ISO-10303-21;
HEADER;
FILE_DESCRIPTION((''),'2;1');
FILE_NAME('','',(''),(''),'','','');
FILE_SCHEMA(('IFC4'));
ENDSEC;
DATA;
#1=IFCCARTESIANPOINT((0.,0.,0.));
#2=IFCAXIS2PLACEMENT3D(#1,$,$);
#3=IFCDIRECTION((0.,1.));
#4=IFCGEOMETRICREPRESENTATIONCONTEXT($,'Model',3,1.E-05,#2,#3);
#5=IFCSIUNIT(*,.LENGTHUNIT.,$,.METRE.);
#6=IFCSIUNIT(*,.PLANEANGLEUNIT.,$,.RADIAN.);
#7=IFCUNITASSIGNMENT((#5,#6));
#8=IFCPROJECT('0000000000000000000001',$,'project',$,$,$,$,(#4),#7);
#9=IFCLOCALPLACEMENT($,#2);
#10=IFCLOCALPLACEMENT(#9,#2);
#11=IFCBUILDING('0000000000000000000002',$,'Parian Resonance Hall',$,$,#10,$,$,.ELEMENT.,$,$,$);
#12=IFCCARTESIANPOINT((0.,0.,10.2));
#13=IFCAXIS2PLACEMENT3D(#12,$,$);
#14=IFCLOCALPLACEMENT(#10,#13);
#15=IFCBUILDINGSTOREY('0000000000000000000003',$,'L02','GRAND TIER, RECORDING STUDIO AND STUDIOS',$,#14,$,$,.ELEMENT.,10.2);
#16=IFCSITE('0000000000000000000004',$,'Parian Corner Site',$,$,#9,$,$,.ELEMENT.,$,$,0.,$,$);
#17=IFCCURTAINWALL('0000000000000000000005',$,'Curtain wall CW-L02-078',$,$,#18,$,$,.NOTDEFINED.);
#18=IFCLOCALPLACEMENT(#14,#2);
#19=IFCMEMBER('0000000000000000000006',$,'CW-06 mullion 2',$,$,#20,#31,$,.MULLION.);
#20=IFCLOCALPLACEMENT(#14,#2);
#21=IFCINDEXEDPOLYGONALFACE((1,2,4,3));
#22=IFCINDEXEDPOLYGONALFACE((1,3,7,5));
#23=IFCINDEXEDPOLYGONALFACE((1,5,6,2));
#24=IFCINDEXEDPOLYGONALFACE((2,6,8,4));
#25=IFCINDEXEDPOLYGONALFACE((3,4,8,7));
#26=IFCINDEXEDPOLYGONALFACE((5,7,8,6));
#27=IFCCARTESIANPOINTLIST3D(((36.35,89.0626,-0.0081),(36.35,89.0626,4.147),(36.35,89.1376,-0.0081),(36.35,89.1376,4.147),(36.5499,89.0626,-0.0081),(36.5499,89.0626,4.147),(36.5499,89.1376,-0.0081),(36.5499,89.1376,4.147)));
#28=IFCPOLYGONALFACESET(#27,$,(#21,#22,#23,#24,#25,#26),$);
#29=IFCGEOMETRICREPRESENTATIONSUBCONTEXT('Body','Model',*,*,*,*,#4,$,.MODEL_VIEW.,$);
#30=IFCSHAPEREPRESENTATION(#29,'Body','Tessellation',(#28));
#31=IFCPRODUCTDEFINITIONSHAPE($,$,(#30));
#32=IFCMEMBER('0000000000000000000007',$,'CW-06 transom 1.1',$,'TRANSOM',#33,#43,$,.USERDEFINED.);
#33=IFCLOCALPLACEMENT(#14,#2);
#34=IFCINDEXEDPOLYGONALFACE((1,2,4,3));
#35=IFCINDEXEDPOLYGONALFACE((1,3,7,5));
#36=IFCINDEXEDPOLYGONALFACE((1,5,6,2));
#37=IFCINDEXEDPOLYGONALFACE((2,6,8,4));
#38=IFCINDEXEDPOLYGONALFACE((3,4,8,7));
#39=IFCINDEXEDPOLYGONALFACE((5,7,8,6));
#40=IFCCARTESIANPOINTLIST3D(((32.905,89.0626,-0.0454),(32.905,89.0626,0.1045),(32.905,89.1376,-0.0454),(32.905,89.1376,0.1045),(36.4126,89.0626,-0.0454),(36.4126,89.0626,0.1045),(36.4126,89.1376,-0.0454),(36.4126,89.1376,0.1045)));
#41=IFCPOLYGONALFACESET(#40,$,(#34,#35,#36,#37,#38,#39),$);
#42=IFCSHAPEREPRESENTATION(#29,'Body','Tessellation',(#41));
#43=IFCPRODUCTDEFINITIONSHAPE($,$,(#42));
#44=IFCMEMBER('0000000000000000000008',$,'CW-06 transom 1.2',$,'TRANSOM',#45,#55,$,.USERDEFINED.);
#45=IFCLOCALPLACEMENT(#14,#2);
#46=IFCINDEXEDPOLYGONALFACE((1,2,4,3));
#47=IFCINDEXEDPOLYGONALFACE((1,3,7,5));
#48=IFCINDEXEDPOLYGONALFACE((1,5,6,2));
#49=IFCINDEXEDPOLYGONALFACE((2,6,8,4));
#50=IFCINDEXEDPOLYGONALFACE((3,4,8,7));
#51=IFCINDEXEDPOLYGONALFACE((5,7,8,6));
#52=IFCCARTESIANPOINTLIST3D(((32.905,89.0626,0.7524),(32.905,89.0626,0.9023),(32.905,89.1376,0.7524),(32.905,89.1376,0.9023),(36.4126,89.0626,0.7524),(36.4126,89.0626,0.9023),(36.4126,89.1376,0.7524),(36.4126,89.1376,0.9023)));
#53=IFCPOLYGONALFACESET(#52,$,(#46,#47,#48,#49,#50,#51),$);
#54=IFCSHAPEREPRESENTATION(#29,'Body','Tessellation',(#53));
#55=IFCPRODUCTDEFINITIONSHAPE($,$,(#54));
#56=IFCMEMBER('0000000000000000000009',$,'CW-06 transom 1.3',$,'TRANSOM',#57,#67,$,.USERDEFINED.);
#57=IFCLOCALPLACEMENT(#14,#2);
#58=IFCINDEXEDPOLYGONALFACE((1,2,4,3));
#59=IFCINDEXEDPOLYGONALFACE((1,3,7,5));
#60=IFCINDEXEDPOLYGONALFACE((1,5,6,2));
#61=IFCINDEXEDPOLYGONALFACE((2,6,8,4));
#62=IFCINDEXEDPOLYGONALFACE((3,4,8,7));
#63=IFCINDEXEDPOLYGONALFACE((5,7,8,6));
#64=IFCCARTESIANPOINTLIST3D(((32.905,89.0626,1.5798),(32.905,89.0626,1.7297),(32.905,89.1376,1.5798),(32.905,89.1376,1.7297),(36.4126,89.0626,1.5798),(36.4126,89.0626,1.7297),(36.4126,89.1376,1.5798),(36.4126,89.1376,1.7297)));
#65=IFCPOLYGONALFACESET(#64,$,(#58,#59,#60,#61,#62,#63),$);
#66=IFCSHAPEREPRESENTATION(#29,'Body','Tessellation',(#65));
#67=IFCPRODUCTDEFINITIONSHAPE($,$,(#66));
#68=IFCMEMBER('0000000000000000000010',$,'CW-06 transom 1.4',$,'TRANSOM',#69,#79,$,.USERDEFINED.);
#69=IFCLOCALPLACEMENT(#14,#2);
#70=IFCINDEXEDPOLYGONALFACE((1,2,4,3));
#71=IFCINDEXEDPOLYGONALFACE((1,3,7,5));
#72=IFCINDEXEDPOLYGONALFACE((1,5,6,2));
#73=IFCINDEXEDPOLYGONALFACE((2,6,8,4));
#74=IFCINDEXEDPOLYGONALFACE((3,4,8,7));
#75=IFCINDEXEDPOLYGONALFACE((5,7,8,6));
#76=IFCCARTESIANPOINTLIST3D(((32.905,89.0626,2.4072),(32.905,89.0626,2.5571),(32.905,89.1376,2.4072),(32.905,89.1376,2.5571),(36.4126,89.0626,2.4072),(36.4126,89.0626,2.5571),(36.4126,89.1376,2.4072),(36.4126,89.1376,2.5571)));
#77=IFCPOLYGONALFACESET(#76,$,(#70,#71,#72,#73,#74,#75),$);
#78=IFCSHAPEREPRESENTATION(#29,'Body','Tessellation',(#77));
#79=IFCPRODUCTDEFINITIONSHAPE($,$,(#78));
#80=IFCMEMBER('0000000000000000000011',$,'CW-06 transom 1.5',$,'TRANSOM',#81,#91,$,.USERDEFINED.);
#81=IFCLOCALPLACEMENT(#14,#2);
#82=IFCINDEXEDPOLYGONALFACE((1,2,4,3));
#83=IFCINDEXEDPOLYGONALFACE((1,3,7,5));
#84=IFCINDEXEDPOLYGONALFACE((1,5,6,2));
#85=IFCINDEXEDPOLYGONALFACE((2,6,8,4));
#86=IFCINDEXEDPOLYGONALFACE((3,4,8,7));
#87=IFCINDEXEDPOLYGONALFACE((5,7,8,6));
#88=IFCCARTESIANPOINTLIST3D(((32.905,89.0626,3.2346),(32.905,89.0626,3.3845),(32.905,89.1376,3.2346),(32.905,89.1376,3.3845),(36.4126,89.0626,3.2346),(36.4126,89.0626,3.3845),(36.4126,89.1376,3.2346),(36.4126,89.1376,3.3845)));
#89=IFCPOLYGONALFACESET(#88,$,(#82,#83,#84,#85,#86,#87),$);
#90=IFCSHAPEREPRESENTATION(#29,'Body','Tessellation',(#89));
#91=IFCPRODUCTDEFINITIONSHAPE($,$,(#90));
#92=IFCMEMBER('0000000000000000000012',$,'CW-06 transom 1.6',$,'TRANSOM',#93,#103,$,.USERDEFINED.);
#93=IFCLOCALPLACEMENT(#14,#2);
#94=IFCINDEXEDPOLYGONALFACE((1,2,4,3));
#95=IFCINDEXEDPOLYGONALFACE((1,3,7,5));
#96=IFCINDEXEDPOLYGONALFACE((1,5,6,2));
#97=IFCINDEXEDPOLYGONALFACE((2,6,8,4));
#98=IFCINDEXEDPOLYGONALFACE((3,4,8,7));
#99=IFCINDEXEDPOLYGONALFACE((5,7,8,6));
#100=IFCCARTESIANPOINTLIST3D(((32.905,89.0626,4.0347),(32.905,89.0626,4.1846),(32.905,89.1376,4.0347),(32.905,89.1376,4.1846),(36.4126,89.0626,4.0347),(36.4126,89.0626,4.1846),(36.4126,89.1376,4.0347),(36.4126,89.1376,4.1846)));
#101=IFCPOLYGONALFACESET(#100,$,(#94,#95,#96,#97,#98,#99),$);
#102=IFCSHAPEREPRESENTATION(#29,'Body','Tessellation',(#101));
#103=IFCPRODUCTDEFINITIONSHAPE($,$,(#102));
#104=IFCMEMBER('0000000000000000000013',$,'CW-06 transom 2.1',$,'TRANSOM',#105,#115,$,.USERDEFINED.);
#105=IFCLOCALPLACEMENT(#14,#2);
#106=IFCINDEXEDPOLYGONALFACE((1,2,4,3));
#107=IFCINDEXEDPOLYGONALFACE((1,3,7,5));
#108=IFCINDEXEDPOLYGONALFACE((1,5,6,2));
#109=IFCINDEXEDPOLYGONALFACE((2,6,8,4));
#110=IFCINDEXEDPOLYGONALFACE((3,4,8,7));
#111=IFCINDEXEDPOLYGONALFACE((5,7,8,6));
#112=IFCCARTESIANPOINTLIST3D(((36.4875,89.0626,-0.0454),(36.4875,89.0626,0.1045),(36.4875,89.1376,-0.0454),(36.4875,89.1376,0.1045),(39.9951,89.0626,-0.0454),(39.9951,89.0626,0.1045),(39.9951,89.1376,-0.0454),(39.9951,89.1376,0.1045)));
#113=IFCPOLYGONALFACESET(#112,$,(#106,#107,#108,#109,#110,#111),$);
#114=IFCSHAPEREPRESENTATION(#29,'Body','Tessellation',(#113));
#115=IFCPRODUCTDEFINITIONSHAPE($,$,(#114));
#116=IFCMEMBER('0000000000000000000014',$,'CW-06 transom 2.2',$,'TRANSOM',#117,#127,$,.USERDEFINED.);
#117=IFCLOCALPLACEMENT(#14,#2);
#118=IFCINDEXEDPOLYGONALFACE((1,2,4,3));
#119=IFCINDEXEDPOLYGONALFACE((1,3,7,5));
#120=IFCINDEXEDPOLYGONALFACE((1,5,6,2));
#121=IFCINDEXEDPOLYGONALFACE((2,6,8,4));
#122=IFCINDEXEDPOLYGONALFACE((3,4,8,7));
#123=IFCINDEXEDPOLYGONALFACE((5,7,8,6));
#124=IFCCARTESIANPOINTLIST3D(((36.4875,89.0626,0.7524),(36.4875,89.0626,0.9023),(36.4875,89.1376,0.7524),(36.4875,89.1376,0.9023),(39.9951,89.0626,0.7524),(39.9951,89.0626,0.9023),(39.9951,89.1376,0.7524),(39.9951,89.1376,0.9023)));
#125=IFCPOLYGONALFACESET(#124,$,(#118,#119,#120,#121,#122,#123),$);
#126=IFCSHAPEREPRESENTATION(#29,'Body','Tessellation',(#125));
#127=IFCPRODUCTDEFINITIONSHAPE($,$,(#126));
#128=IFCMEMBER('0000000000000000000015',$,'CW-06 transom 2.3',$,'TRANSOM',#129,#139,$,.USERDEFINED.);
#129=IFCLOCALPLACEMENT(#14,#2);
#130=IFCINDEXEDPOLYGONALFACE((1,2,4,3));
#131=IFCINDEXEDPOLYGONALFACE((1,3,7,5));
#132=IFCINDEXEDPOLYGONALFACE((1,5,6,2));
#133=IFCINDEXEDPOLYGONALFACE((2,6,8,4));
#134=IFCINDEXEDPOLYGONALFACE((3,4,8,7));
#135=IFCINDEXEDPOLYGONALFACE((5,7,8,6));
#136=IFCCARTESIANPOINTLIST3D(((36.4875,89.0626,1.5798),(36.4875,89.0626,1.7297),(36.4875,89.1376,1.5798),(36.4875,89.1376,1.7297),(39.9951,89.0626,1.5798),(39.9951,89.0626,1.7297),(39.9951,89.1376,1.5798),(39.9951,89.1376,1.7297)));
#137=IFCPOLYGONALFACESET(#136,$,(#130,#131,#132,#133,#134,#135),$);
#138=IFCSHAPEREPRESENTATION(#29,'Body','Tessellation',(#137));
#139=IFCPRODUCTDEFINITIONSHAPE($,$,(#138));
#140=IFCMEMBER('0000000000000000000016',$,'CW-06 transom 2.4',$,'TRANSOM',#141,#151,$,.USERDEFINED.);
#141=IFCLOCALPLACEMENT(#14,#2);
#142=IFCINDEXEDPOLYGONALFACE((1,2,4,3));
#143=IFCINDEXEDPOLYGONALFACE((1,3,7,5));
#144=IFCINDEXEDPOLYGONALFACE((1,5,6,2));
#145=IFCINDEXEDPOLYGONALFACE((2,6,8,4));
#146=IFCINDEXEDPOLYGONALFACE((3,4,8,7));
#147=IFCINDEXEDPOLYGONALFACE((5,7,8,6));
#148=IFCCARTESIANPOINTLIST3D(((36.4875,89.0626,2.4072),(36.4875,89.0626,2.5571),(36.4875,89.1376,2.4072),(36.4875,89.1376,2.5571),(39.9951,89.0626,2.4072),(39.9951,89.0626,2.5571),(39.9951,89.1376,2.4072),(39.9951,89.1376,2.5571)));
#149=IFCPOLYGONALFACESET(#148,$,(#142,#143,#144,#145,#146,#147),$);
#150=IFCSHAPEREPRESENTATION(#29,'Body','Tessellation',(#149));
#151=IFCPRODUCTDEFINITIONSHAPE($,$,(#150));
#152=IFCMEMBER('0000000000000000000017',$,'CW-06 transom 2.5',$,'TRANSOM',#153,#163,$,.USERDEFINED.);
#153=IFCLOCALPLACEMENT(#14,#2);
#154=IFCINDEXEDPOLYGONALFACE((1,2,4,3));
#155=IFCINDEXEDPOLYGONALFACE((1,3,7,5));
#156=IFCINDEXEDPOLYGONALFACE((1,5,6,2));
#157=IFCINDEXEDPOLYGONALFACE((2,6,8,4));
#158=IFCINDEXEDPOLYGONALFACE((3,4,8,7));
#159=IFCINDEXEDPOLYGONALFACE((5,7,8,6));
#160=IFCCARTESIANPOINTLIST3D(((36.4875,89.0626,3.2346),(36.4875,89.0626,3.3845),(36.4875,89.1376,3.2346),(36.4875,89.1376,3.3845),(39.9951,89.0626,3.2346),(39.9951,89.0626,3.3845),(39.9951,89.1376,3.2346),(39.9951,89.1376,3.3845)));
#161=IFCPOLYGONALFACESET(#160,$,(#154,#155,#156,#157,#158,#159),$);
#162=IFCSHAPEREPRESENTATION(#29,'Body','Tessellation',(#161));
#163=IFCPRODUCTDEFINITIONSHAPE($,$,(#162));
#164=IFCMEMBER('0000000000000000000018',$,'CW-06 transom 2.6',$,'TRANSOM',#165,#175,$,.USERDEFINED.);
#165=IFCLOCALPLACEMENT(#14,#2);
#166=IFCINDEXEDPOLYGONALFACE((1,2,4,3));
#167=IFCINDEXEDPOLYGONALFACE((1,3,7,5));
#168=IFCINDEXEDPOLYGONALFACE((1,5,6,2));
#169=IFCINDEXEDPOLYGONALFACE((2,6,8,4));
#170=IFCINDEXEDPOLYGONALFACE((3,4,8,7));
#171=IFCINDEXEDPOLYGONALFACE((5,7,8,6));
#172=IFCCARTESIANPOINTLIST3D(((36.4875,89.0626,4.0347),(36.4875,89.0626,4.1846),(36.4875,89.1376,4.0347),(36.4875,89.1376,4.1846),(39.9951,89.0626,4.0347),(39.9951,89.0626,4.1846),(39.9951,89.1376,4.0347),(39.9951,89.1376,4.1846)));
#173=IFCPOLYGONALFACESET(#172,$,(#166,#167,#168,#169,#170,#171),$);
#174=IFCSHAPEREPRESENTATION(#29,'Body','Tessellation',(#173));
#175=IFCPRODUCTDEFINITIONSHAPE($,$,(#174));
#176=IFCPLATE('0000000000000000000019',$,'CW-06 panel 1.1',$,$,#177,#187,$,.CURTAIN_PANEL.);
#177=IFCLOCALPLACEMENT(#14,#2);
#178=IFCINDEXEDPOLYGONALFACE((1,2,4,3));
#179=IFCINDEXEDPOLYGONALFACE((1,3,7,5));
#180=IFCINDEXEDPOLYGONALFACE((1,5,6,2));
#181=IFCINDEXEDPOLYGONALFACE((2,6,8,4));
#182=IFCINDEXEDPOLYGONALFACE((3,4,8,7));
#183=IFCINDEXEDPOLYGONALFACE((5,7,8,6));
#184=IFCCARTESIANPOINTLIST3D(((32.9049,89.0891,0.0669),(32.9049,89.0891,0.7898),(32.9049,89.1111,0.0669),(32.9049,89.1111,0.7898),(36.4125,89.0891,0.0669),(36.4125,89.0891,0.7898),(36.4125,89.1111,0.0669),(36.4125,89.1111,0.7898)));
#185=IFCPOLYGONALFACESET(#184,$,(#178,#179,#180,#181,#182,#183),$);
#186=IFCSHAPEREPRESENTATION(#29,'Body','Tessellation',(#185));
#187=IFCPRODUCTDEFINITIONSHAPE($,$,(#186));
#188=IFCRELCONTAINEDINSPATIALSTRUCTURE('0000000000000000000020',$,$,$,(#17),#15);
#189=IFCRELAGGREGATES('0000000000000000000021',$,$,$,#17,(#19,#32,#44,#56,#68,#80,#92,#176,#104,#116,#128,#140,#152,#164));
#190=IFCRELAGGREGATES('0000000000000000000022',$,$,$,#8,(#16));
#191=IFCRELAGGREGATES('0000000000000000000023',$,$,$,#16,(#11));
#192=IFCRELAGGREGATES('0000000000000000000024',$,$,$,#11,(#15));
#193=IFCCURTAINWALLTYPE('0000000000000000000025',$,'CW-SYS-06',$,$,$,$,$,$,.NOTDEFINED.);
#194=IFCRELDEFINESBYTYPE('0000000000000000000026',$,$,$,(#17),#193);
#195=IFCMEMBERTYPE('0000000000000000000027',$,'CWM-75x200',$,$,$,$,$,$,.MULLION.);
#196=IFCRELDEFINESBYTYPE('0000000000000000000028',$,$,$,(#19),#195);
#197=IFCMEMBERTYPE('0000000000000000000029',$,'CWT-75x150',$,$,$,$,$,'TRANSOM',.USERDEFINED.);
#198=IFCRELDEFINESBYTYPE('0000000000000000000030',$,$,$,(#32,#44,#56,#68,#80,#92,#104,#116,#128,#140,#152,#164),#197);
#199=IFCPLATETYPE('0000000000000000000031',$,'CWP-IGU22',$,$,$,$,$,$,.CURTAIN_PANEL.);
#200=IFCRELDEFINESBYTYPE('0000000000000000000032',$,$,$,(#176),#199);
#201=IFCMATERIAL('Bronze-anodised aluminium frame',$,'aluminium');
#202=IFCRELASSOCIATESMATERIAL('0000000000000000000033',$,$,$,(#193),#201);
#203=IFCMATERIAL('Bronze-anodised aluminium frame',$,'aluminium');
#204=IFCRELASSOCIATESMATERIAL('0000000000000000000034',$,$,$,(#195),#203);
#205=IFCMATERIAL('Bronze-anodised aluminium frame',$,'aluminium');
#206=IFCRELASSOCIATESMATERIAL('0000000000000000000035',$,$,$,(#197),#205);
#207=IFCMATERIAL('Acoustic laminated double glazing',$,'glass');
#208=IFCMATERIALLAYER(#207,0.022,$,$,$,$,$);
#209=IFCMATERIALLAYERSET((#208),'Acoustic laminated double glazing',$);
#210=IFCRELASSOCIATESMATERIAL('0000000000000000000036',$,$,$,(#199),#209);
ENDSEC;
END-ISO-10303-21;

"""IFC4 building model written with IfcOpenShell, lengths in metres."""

from ifc_helpers import new_model, si_unit, direction, frame, origin, origin_2d, place, context, subcontext, project, spatial, rectangle, extrude, material, layer, layer_set, material_profile, profile_set, type_object, element, aggregate, save


model = new_model("IFC4")

# Units and contexts
model_context = context("Model", 3, precision=1e-05, world=origin(), true_north=direction((0.0, 1.0)))
body_context = subcontext(model_context, "Body", "Model", "MODEL_VIEW")
ifc_project = project(units=[si_unit("LENGTHUNIT", "METRE"), si_unit("PLANEANGLEUNIT", "RADIAN")], contexts=[model_context])

# Site, building, storey
site_placement = place(None, origin())
site = spatial("IfcSite", under=ifc_project, at=site_placement, Name="Parian Corner Site", CompositionType="ELEMENT", RefElevation=0.0)
building_placement = place(site_placement, origin())
building = spatial("IfcBuilding", under=site, at=building_placement, Name="Parian Resonance Hall", CompositionType="ELEMENT")
storey_placement = place(building_placement, frame((0.0, 0.0, 10.2)))
storey = spatial("IfcBuildingStorey", under=building, at=storey_placement, Name="L02", Description="GRAND TIER, RECORDING STUDIO AND STUDIOS", CompositionType="ELEMENT", Elevation=10.2)

# Curtain wall, members, plate
ifc_material_1 = material(Name="Bronze-anodised aluminium frame", Category="aluminium")
curtain_wall_type = type_object("IfcCurtainWallType", Name="CW-SYS-06", PredefinedType="NOTDEFINED", material=ifc_material_1)
curtain_wall_placement = place(storey_placement, origin())
curtain_wall = element("IfcCurtainWall", 1, at=curtain_wall_placement, inside=storey, type_object=curtain_wall_type, Name="Curtain wall CW-L02-078", PredefinedType="NOTDEFINED")
ifc_material_2 = material(Name="Bronze-anodised aluminium frame", Category="aluminium")
ifc_material_profile_1 = material_profile(ifc_material_2, rectangle(XDim=0.075, YDim=0.2, at=origin_2d()), Name="CWM-75x200")
ifc_profile_set_1 = profile_set([ifc_material_profile_1], Name="Bronze-anodised aluminium frame")
member_type_1 = type_object("IfcMemberType", Name="CWM-75x200", PredefinedType="MULLION", material=ifc_profile_set_1)
member_1_placement = place(storey_placement, frame((36.45, 89.1001, -0.0081), z_axis=(0.0, 0.0, 1.0), x_axis=(0.0, 1.0, 0.0)))
member_1 = element("IfcMember", 2, at=member_1_placement, type_object=member_type_1, Name="CW-06 mullion 2", PredefinedType="MULLION", context=body_context, shape_type="SweptSolid", body=[
    extrude(rectangle(XDim=0.075, YDim=0.2, at=origin_2d()), origin(), (0.0, 0.0, 1.0), 4.155),
])
ifc_material_3 = material(Name="Bronze-anodised aluminium frame", Category="aluminium")
ifc_material_profile_2 = material_profile(ifc_material_3, rectangle(XDim=0.075, YDim=0.1499, at=origin_2d()), Name="CWT-75x150")
ifc_profile_set_2 = profile_set([ifc_material_profile_2], Name="Bronze-anodised aluminium frame")
member_type_2 = type_object("IfcMemberType", Name="CWT-75x150", ElementType="TRANSOM", PredefinedType="USERDEFINED", material=ifc_profile_set_2)
member_2_placement = place(storey_placement, frame((32.905, 89.1001, 0.0295), z_axis=(1.0, 0.0, 0.0), x_axis=(0.0, 1.0, 0.0)))
member_2 = element("IfcMember", 3, at=member_2_placement, type_object=member_type_2, Name="CW-06 transom 1.1", ObjectType="TRANSOM", PredefinedType="USERDEFINED", context=body_context, shape_type="SweptSolid", body=[
    extrude(rectangle(XDim=0.075, YDim=0.1499, at=origin_2d()), origin(), (0.0, 0.0, 1.0), 3.5076),
])
member_3_placement = place(storey_placement, frame((32.905, 89.1001, 0.8274), z_axis=(1.0, 0.0, 0.0), x_axis=(0.0, 1.0, 0.0)))
member_3 = element("IfcMember", 4, at=member_3_placement, type_object=member_type_2, Name="CW-06 transom 1.2", ObjectType="TRANSOM", PredefinedType="USERDEFINED", context=body_context, shape_type="SweptSolid", body=[
    extrude(rectangle(XDim=0.075, YDim=0.1499, at=origin_2d()), origin(), (0.0, 0.0, 1.0), 3.5076),
])
member_4_placement = place(storey_placement, frame((32.905, 89.1001, 1.6548), z_axis=(1.0, 0.0, 0.0), x_axis=(0.0, 1.0, 0.0)))
member_4 = element("IfcMember", 5, at=member_4_placement, type_object=member_type_2, Name="CW-06 transom 1.3", ObjectType="TRANSOM", PredefinedType="USERDEFINED", context=body_context, shape_type="SweptSolid", body=[
    extrude(rectangle(XDim=0.075, YDim=0.1499, at=origin_2d()), origin(), (0.0, 0.0, 1.0), 3.5076),
])
member_5_placement = place(storey_placement, frame((32.905, 89.1001, 2.4822), z_axis=(1.0, 0.0, 0.0), x_axis=(0.0, 1.0, 0.0)))
member_5 = element("IfcMember", 6, at=member_5_placement, type_object=member_type_2, Name="CW-06 transom 1.4", ObjectType="TRANSOM", PredefinedType="USERDEFINED", context=body_context, shape_type="SweptSolid", body=[
    extrude(rectangle(XDim=0.075, YDim=0.1499, at=origin_2d()), origin(), (0.0, 0.0, 1.0), 3.5076),
])
member_6_placement = place(storey_placement, frame((32.905, 89.1001, 3.3096), z_axis=(1.0, 0.0, 0.0), x_axis=(0.0, 1.0, 0.0)))
member_6 = element("IfcMember", 7, at=member_6_placement, type_object=member_type_2, Name="CW-06 transom 1.5", ObjectType="TRANSOM", PredefinedType="USERDEFINED", context=body_context, shape_type="SweptSolid", body=[
    extrude(rectangle(XDim=0.075, YDim=0.1499, at=origin_2d()), origin(), (0.0, 0.0, 1.0), 3.5076),
])
member_7_placement = place(storey_placement, frame((32.905, 89.1001, 4.1096), z_axis=(1.0, 0.0, 0.0), x_axis=(0.0, 1.0, 0.0)))
member_7 = element("IfcMember", 8, at=member_7_placement, type_object=member_type_2, Name="CW-06 transom 1.6", ObjectType="TRANSOM", PredefinedType="USERDEFINED", context=body_context, shape_type="SweptSolid", body=[
    extrude(rectangle(XDim=0.075, YDim=0.1499, at=origin_2d()), origin(), (0.0, 0.0, 1.0), 3.5076),
])
member_8_placement = place(storey_placement, frame((36.4875, 89.1001, 0.0295), z_axis=(1.0, 0.0, 0.0), x_axis=(0.0, 1.0, 0.0)))
member_8 = element("IfcMember", 9, at=member_8_placement, type_object=member_type_2, Name="CW-06 transom 2.1", ObjectType="TRANSOM", PredefinedType="USERDEFINED", context=body_context, shape_type="SweptSolid", body=[
    extrude(rectangle(XDim=0.075, YDim=0.1499, at=origin_2d()), origin(), (0.0, 0.0, 1.0), 3.5076),
])
member_9_placement = place(storey_placement, frame((36.4875, 89.1001, 0.8274), z_axis=(1.0, 0.0, 0.0), x_axis=(0.0, 1.0, 0.0)))
member_9 = element("IfcMember", 10, at=member_9_placement, type_object=member_type_2, Name="CW-06 transom 2.2", ObjectType="TRANSOM", PredefinedType="USERDEFINED", context=body_context, shape_type="SweptSolid", body=[
    extrude(rectangle(XDim=0.075, YDim=0.1499, at=origin_2d()), origin(), (0.0, 0.0, 1.0), 3.5076),
])
member_10_placement = place(storey_placement, frame((36.4875, 89.1001, 1.6548), z_axis=(1.0, 0.0, 0.0), x_axis=(0.0, 1.0, 0.0)))
member_10 = element("IfcMember", 11, at=member_10_placement, type_object=member_type_2, Name="CW-06 transom 2.3", ObjectType="TRANSOM", PredefinedType="USERDEFINED", context=body_context, shape_type="SweptSolid", body=[
    extrude(rectangle(XDim=0.075, YDim=0.1499, at=origin_2d()), origin(), (0.0, 0.0, 1.0), 3.5076),
])
member_11_placement = place(storey_placement, frame((36.4875, 89.1001, 2.4822), z_axis=(1.0, 0.0, 0.0), x_axis=(0.0, 1.0, 0.0)))
member_11 = element("IfcMember", 12, at=member_11_placement, type_object=member_type_2, Name="CW-06 transom 2.4", ObjectType="TRANSOM", PredefinedType="USERDEFINED", context=body_context, shape_type="SweptSolid", body=[
    extrude(rectangle(XDim=0.075, YDim=0.1499, at=origin_2d()), origin(), (0.0, 0.0, 1.0), 3.5076),
])
member_12_placement = place(storey_placement, frame((36.4875, 89.1001, 3.3096), z_axis=(1.0, 0.0, 0.0), x_axis=(0.0, 1.0, 0.0)))
member_12 = element("IfcMember", 13, at=member_12_placement, type_object=member_type_2, Name="CW-06 transom 2.5", ObjectType="TRANSOM", PredefinedType="USERDEFINED", context=body_context, shape_type="SweptSolid", body=[
    extrude(rectangle(XDim=0.075, YDim=0.1499, at=origin_2d()), origin(), (0.0, 0.0, 1.0), 3.5076),
])
member_13_placement = place(storey_placement, frame((36.4875, 89.1001, 4.1096), z_axis=(1.0, 0.0, 0.0), x_axis=(0.0, 1.0, 0.0)))
member_13 = element("IfcMember", 14, at=member_13_placement, type_object=member_type_2, Name="CW-06 transom 2.6", ObjectType="TRANSOM", PredefinedType="USERDEFINED", context=body_context, shape_type="SweptSolid", body=[
    extrude(rectangle(XDim=0.075, YDim=0.1499, at=origin_2d()), origin(), (0.0, 0.0, 1.0), 3.5076),
])
ifc_material_4 = material(Name="Acoustic laminated double glazing", Category="glass")
ifc_layer_1 = layer(ifc_material_4, 0.022)
ifc_layer_set_1 = layer_set([ifc_layer_1], Name="Acoustic laminated double glazing")
plate_type = type_object("IfcPlateType", Name="CWP-IGU22", PredefinedType="CURTAIN_PANEL", material=ifc_layer_set_1)
plate_1_placement = place(storey_placement, frame((34.6587, 89.1001, 0.0669), z_axis=(0.0, 0.0, 1.0), x_axis=(1.0, 0.0, 0.0)))
plate_1 = element("IfcPlate", 15, at=plate_1_placement, type_object=plate_type, Name="CW-06 panel 1.1", PredefinedType="CURTAIN_PANEL", context=body_context, shape_type="SweptSolid", body=[
    extrude(rectangle(XDim=3.5076, YDim=0.022, at=origin_2d()), origin(), (0.0, 0.0, 1.0), 0.7229),
])
aggregate(curtain_wall, [member_1, member_2, member_3, member_4, member_5, member_6, member_7, plate_1, member_8, member_9, member_10, member_11, member_12, member_13])

save(model, "model.ifc")
